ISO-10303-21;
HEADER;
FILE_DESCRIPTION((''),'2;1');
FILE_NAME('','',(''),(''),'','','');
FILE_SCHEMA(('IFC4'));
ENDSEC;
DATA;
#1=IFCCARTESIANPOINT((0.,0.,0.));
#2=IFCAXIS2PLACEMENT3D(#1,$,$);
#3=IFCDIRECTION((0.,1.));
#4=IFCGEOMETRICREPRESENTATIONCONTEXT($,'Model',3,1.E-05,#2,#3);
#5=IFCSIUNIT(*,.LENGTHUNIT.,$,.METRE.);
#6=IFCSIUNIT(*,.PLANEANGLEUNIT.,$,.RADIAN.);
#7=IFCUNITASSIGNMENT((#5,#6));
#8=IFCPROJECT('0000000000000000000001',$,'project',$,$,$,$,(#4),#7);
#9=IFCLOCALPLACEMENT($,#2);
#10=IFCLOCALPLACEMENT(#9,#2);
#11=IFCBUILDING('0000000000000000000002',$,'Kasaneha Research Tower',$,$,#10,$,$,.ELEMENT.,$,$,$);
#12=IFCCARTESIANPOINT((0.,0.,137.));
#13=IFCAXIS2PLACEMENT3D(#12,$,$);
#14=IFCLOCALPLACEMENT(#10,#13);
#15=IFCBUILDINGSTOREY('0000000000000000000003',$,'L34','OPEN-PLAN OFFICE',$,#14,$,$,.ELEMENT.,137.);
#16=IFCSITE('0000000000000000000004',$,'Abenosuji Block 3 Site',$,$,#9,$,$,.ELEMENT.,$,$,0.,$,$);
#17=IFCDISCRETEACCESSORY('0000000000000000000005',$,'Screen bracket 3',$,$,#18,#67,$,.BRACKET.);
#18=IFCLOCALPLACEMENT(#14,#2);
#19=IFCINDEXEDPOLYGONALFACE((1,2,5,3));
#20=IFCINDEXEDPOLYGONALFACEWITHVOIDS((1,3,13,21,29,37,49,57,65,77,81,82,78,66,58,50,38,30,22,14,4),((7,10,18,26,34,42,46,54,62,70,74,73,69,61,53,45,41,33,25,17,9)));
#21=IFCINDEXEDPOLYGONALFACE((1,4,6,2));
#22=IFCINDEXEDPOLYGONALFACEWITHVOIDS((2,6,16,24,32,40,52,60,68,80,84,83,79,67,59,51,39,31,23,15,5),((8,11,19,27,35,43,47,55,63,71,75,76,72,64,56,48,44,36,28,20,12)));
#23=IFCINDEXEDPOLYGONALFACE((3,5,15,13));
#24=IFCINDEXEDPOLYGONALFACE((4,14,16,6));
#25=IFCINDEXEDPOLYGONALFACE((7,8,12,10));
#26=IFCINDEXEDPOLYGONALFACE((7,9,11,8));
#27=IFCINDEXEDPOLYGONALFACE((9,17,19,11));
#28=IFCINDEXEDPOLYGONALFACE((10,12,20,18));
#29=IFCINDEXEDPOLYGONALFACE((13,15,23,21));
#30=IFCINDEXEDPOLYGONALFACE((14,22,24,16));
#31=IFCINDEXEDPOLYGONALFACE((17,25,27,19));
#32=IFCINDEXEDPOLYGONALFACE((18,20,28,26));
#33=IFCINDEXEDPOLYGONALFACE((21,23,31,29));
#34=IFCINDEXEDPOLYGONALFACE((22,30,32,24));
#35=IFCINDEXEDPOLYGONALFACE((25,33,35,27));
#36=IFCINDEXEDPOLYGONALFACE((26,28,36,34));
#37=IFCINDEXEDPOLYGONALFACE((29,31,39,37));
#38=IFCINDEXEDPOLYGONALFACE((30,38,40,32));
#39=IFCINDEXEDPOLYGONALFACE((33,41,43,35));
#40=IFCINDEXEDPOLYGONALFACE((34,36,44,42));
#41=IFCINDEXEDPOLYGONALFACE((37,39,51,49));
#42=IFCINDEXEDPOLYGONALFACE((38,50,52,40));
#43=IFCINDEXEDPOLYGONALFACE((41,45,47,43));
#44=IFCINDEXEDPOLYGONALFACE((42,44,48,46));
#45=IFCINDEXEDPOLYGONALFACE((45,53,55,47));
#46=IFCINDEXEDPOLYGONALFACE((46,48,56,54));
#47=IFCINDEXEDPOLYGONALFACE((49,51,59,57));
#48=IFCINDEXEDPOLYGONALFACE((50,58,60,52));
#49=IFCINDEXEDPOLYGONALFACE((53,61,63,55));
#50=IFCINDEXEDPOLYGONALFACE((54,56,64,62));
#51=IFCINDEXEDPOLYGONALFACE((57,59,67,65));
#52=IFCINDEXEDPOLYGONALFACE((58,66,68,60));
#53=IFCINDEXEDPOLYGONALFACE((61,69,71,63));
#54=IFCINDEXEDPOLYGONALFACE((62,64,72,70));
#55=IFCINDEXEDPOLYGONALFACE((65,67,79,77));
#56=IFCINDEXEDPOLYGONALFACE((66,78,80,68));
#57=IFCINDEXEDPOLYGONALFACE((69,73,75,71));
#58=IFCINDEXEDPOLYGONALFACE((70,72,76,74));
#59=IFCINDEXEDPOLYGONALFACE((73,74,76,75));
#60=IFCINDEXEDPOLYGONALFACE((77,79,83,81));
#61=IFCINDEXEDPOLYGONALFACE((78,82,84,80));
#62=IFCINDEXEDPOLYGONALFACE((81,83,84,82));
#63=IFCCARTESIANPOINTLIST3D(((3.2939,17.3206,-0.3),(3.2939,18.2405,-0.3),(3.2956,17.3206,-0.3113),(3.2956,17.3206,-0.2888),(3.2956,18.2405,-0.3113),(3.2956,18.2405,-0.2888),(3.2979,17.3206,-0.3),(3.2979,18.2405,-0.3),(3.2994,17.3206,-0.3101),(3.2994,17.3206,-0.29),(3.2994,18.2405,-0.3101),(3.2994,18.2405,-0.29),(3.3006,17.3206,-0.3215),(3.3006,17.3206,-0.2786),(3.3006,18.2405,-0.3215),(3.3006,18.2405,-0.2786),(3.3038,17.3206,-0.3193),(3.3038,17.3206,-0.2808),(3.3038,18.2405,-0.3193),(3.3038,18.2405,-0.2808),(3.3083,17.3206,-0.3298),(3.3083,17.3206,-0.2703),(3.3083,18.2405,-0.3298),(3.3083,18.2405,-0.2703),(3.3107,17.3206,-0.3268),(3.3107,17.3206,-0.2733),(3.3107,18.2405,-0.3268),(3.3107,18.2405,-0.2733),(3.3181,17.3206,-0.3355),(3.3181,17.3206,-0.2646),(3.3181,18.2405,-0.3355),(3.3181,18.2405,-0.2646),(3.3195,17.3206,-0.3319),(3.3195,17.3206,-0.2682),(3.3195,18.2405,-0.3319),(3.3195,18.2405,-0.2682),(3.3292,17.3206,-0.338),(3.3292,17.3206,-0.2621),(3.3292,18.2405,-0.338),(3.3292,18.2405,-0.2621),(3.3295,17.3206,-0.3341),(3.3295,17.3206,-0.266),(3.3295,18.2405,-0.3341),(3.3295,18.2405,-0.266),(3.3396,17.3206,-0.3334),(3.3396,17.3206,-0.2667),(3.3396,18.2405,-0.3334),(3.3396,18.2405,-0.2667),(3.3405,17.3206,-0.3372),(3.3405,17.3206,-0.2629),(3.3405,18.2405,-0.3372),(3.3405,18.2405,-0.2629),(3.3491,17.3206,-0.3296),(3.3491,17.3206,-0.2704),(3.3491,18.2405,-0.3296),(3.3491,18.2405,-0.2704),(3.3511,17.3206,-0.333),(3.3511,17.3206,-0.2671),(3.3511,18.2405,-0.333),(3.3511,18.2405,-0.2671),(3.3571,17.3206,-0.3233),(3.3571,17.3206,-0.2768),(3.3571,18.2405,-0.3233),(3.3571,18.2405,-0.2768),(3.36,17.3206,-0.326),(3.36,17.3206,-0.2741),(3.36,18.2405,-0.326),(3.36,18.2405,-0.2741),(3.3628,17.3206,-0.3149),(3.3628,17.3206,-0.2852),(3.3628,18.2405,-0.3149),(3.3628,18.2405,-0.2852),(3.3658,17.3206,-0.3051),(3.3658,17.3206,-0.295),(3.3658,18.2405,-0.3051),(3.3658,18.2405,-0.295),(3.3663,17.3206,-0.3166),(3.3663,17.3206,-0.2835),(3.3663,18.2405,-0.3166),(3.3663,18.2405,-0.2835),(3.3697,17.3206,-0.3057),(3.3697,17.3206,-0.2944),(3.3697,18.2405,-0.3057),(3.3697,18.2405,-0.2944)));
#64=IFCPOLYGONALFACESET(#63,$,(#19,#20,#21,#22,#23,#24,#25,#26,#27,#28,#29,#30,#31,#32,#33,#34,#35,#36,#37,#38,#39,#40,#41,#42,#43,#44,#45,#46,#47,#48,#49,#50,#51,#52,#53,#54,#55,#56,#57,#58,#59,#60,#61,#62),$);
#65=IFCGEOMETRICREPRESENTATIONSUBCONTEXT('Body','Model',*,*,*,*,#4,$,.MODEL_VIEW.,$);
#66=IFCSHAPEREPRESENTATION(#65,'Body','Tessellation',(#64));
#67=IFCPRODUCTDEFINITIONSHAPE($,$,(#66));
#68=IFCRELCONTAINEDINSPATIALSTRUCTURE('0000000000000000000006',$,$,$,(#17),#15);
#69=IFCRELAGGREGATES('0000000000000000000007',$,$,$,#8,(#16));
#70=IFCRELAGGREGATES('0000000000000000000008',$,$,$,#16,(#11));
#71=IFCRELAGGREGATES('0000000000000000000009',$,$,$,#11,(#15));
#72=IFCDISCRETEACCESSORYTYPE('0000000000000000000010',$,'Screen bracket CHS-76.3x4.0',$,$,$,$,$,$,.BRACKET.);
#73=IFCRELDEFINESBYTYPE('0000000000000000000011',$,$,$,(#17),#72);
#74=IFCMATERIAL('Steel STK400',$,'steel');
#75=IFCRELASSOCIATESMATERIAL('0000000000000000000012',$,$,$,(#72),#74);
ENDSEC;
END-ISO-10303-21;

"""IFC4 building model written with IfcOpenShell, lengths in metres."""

from ifc_helpers import new_model, si_unit, direction, frame, origin, origin_2d, place, context, subcontext, project, spatial, hollow_circle, extrude, material, material_profile, profile_set, type_object, element, save


model = new_model("IFC4")

# Units and contexts
model_context = context("Model", 3, precision=1e-05, world=origin(), true_north=direction((0.0, 1.0)))
body_context = subcontext(model_context, "Body", "Model", "MODEL_VIEW")
ifc_project = project(units=[si_unit("LENGTHUNIT", "METRE"), si_unit("PLANEANGLEUNIT", "RADIAN")], contexts=[model_context])

# Site, building, storey
site_placement = place(None, origin())
site = spatial("IfcSite", under=ifc_project, at=site_placement, Name="Abenosuji Block 3 Site", CompositionType="ELEMENT", RefElevation=0.0)
building_placement = place(site_placement, origin())
building = spatial("IfcBuilding", under=site, at=building_placement, Name="Kasaneha Research Tower", CompositionType="ELEMENT")
storey_placement = place(building_placement, frame((0.0, 0.0, 137.0)))
storey = spatial("IfcBuildingStorey", under=building, at=storey_placement, Name="L34", Description="OPEN-PLAN OFFICE", CompositionType="ELEMENT", Elevation=137.0)

# Discrete accessory
ifc_material_1 = material(Name="Steel STK400", Category="steel")
ifc_material_profile_1 = material_profile(ifc_material_1, hollow_circle(Radius=0.0381, WallThickness=0.0039, at=origin_2d()), Name="CHS-76.3x4.0")
ifc_profile_set_1 = profile_set([ifc_material_profile_1], Name="Steel STK400")
discrete_accessory_type = type_object("IfcDiscreteAccessoryType", Name="Screen bracket CHS-76.3x4.0", PredefinedType="BRACKET", material=ifc_profile_set_1)
for number, where, z_axis, x_axis, name in (
    (1, (3.332, 17.3206, -0.3), (0.0, 1.0, 0.0), (-1.0, 0.0, 0.0), "Screen bracket 3"),
):
    element("IfcDiscreteAccessory", number, at=place(storey_placement, frame(where, z_axis=z_axis, x_axis=x_axis)), inside=storey, type_object=discrete_accessory_type, Name=name, PredefinedType="BRACKET", context=body_context, shape_type="SweptSolid", body=[
        extrude(hollow_circle(Radius=0.0381, WallThickness=0.0039, at=origin_2d()), origin(), (0.0, 0.0, 1.0), 0.9199),
    ])

save(model, "model.ifc")
